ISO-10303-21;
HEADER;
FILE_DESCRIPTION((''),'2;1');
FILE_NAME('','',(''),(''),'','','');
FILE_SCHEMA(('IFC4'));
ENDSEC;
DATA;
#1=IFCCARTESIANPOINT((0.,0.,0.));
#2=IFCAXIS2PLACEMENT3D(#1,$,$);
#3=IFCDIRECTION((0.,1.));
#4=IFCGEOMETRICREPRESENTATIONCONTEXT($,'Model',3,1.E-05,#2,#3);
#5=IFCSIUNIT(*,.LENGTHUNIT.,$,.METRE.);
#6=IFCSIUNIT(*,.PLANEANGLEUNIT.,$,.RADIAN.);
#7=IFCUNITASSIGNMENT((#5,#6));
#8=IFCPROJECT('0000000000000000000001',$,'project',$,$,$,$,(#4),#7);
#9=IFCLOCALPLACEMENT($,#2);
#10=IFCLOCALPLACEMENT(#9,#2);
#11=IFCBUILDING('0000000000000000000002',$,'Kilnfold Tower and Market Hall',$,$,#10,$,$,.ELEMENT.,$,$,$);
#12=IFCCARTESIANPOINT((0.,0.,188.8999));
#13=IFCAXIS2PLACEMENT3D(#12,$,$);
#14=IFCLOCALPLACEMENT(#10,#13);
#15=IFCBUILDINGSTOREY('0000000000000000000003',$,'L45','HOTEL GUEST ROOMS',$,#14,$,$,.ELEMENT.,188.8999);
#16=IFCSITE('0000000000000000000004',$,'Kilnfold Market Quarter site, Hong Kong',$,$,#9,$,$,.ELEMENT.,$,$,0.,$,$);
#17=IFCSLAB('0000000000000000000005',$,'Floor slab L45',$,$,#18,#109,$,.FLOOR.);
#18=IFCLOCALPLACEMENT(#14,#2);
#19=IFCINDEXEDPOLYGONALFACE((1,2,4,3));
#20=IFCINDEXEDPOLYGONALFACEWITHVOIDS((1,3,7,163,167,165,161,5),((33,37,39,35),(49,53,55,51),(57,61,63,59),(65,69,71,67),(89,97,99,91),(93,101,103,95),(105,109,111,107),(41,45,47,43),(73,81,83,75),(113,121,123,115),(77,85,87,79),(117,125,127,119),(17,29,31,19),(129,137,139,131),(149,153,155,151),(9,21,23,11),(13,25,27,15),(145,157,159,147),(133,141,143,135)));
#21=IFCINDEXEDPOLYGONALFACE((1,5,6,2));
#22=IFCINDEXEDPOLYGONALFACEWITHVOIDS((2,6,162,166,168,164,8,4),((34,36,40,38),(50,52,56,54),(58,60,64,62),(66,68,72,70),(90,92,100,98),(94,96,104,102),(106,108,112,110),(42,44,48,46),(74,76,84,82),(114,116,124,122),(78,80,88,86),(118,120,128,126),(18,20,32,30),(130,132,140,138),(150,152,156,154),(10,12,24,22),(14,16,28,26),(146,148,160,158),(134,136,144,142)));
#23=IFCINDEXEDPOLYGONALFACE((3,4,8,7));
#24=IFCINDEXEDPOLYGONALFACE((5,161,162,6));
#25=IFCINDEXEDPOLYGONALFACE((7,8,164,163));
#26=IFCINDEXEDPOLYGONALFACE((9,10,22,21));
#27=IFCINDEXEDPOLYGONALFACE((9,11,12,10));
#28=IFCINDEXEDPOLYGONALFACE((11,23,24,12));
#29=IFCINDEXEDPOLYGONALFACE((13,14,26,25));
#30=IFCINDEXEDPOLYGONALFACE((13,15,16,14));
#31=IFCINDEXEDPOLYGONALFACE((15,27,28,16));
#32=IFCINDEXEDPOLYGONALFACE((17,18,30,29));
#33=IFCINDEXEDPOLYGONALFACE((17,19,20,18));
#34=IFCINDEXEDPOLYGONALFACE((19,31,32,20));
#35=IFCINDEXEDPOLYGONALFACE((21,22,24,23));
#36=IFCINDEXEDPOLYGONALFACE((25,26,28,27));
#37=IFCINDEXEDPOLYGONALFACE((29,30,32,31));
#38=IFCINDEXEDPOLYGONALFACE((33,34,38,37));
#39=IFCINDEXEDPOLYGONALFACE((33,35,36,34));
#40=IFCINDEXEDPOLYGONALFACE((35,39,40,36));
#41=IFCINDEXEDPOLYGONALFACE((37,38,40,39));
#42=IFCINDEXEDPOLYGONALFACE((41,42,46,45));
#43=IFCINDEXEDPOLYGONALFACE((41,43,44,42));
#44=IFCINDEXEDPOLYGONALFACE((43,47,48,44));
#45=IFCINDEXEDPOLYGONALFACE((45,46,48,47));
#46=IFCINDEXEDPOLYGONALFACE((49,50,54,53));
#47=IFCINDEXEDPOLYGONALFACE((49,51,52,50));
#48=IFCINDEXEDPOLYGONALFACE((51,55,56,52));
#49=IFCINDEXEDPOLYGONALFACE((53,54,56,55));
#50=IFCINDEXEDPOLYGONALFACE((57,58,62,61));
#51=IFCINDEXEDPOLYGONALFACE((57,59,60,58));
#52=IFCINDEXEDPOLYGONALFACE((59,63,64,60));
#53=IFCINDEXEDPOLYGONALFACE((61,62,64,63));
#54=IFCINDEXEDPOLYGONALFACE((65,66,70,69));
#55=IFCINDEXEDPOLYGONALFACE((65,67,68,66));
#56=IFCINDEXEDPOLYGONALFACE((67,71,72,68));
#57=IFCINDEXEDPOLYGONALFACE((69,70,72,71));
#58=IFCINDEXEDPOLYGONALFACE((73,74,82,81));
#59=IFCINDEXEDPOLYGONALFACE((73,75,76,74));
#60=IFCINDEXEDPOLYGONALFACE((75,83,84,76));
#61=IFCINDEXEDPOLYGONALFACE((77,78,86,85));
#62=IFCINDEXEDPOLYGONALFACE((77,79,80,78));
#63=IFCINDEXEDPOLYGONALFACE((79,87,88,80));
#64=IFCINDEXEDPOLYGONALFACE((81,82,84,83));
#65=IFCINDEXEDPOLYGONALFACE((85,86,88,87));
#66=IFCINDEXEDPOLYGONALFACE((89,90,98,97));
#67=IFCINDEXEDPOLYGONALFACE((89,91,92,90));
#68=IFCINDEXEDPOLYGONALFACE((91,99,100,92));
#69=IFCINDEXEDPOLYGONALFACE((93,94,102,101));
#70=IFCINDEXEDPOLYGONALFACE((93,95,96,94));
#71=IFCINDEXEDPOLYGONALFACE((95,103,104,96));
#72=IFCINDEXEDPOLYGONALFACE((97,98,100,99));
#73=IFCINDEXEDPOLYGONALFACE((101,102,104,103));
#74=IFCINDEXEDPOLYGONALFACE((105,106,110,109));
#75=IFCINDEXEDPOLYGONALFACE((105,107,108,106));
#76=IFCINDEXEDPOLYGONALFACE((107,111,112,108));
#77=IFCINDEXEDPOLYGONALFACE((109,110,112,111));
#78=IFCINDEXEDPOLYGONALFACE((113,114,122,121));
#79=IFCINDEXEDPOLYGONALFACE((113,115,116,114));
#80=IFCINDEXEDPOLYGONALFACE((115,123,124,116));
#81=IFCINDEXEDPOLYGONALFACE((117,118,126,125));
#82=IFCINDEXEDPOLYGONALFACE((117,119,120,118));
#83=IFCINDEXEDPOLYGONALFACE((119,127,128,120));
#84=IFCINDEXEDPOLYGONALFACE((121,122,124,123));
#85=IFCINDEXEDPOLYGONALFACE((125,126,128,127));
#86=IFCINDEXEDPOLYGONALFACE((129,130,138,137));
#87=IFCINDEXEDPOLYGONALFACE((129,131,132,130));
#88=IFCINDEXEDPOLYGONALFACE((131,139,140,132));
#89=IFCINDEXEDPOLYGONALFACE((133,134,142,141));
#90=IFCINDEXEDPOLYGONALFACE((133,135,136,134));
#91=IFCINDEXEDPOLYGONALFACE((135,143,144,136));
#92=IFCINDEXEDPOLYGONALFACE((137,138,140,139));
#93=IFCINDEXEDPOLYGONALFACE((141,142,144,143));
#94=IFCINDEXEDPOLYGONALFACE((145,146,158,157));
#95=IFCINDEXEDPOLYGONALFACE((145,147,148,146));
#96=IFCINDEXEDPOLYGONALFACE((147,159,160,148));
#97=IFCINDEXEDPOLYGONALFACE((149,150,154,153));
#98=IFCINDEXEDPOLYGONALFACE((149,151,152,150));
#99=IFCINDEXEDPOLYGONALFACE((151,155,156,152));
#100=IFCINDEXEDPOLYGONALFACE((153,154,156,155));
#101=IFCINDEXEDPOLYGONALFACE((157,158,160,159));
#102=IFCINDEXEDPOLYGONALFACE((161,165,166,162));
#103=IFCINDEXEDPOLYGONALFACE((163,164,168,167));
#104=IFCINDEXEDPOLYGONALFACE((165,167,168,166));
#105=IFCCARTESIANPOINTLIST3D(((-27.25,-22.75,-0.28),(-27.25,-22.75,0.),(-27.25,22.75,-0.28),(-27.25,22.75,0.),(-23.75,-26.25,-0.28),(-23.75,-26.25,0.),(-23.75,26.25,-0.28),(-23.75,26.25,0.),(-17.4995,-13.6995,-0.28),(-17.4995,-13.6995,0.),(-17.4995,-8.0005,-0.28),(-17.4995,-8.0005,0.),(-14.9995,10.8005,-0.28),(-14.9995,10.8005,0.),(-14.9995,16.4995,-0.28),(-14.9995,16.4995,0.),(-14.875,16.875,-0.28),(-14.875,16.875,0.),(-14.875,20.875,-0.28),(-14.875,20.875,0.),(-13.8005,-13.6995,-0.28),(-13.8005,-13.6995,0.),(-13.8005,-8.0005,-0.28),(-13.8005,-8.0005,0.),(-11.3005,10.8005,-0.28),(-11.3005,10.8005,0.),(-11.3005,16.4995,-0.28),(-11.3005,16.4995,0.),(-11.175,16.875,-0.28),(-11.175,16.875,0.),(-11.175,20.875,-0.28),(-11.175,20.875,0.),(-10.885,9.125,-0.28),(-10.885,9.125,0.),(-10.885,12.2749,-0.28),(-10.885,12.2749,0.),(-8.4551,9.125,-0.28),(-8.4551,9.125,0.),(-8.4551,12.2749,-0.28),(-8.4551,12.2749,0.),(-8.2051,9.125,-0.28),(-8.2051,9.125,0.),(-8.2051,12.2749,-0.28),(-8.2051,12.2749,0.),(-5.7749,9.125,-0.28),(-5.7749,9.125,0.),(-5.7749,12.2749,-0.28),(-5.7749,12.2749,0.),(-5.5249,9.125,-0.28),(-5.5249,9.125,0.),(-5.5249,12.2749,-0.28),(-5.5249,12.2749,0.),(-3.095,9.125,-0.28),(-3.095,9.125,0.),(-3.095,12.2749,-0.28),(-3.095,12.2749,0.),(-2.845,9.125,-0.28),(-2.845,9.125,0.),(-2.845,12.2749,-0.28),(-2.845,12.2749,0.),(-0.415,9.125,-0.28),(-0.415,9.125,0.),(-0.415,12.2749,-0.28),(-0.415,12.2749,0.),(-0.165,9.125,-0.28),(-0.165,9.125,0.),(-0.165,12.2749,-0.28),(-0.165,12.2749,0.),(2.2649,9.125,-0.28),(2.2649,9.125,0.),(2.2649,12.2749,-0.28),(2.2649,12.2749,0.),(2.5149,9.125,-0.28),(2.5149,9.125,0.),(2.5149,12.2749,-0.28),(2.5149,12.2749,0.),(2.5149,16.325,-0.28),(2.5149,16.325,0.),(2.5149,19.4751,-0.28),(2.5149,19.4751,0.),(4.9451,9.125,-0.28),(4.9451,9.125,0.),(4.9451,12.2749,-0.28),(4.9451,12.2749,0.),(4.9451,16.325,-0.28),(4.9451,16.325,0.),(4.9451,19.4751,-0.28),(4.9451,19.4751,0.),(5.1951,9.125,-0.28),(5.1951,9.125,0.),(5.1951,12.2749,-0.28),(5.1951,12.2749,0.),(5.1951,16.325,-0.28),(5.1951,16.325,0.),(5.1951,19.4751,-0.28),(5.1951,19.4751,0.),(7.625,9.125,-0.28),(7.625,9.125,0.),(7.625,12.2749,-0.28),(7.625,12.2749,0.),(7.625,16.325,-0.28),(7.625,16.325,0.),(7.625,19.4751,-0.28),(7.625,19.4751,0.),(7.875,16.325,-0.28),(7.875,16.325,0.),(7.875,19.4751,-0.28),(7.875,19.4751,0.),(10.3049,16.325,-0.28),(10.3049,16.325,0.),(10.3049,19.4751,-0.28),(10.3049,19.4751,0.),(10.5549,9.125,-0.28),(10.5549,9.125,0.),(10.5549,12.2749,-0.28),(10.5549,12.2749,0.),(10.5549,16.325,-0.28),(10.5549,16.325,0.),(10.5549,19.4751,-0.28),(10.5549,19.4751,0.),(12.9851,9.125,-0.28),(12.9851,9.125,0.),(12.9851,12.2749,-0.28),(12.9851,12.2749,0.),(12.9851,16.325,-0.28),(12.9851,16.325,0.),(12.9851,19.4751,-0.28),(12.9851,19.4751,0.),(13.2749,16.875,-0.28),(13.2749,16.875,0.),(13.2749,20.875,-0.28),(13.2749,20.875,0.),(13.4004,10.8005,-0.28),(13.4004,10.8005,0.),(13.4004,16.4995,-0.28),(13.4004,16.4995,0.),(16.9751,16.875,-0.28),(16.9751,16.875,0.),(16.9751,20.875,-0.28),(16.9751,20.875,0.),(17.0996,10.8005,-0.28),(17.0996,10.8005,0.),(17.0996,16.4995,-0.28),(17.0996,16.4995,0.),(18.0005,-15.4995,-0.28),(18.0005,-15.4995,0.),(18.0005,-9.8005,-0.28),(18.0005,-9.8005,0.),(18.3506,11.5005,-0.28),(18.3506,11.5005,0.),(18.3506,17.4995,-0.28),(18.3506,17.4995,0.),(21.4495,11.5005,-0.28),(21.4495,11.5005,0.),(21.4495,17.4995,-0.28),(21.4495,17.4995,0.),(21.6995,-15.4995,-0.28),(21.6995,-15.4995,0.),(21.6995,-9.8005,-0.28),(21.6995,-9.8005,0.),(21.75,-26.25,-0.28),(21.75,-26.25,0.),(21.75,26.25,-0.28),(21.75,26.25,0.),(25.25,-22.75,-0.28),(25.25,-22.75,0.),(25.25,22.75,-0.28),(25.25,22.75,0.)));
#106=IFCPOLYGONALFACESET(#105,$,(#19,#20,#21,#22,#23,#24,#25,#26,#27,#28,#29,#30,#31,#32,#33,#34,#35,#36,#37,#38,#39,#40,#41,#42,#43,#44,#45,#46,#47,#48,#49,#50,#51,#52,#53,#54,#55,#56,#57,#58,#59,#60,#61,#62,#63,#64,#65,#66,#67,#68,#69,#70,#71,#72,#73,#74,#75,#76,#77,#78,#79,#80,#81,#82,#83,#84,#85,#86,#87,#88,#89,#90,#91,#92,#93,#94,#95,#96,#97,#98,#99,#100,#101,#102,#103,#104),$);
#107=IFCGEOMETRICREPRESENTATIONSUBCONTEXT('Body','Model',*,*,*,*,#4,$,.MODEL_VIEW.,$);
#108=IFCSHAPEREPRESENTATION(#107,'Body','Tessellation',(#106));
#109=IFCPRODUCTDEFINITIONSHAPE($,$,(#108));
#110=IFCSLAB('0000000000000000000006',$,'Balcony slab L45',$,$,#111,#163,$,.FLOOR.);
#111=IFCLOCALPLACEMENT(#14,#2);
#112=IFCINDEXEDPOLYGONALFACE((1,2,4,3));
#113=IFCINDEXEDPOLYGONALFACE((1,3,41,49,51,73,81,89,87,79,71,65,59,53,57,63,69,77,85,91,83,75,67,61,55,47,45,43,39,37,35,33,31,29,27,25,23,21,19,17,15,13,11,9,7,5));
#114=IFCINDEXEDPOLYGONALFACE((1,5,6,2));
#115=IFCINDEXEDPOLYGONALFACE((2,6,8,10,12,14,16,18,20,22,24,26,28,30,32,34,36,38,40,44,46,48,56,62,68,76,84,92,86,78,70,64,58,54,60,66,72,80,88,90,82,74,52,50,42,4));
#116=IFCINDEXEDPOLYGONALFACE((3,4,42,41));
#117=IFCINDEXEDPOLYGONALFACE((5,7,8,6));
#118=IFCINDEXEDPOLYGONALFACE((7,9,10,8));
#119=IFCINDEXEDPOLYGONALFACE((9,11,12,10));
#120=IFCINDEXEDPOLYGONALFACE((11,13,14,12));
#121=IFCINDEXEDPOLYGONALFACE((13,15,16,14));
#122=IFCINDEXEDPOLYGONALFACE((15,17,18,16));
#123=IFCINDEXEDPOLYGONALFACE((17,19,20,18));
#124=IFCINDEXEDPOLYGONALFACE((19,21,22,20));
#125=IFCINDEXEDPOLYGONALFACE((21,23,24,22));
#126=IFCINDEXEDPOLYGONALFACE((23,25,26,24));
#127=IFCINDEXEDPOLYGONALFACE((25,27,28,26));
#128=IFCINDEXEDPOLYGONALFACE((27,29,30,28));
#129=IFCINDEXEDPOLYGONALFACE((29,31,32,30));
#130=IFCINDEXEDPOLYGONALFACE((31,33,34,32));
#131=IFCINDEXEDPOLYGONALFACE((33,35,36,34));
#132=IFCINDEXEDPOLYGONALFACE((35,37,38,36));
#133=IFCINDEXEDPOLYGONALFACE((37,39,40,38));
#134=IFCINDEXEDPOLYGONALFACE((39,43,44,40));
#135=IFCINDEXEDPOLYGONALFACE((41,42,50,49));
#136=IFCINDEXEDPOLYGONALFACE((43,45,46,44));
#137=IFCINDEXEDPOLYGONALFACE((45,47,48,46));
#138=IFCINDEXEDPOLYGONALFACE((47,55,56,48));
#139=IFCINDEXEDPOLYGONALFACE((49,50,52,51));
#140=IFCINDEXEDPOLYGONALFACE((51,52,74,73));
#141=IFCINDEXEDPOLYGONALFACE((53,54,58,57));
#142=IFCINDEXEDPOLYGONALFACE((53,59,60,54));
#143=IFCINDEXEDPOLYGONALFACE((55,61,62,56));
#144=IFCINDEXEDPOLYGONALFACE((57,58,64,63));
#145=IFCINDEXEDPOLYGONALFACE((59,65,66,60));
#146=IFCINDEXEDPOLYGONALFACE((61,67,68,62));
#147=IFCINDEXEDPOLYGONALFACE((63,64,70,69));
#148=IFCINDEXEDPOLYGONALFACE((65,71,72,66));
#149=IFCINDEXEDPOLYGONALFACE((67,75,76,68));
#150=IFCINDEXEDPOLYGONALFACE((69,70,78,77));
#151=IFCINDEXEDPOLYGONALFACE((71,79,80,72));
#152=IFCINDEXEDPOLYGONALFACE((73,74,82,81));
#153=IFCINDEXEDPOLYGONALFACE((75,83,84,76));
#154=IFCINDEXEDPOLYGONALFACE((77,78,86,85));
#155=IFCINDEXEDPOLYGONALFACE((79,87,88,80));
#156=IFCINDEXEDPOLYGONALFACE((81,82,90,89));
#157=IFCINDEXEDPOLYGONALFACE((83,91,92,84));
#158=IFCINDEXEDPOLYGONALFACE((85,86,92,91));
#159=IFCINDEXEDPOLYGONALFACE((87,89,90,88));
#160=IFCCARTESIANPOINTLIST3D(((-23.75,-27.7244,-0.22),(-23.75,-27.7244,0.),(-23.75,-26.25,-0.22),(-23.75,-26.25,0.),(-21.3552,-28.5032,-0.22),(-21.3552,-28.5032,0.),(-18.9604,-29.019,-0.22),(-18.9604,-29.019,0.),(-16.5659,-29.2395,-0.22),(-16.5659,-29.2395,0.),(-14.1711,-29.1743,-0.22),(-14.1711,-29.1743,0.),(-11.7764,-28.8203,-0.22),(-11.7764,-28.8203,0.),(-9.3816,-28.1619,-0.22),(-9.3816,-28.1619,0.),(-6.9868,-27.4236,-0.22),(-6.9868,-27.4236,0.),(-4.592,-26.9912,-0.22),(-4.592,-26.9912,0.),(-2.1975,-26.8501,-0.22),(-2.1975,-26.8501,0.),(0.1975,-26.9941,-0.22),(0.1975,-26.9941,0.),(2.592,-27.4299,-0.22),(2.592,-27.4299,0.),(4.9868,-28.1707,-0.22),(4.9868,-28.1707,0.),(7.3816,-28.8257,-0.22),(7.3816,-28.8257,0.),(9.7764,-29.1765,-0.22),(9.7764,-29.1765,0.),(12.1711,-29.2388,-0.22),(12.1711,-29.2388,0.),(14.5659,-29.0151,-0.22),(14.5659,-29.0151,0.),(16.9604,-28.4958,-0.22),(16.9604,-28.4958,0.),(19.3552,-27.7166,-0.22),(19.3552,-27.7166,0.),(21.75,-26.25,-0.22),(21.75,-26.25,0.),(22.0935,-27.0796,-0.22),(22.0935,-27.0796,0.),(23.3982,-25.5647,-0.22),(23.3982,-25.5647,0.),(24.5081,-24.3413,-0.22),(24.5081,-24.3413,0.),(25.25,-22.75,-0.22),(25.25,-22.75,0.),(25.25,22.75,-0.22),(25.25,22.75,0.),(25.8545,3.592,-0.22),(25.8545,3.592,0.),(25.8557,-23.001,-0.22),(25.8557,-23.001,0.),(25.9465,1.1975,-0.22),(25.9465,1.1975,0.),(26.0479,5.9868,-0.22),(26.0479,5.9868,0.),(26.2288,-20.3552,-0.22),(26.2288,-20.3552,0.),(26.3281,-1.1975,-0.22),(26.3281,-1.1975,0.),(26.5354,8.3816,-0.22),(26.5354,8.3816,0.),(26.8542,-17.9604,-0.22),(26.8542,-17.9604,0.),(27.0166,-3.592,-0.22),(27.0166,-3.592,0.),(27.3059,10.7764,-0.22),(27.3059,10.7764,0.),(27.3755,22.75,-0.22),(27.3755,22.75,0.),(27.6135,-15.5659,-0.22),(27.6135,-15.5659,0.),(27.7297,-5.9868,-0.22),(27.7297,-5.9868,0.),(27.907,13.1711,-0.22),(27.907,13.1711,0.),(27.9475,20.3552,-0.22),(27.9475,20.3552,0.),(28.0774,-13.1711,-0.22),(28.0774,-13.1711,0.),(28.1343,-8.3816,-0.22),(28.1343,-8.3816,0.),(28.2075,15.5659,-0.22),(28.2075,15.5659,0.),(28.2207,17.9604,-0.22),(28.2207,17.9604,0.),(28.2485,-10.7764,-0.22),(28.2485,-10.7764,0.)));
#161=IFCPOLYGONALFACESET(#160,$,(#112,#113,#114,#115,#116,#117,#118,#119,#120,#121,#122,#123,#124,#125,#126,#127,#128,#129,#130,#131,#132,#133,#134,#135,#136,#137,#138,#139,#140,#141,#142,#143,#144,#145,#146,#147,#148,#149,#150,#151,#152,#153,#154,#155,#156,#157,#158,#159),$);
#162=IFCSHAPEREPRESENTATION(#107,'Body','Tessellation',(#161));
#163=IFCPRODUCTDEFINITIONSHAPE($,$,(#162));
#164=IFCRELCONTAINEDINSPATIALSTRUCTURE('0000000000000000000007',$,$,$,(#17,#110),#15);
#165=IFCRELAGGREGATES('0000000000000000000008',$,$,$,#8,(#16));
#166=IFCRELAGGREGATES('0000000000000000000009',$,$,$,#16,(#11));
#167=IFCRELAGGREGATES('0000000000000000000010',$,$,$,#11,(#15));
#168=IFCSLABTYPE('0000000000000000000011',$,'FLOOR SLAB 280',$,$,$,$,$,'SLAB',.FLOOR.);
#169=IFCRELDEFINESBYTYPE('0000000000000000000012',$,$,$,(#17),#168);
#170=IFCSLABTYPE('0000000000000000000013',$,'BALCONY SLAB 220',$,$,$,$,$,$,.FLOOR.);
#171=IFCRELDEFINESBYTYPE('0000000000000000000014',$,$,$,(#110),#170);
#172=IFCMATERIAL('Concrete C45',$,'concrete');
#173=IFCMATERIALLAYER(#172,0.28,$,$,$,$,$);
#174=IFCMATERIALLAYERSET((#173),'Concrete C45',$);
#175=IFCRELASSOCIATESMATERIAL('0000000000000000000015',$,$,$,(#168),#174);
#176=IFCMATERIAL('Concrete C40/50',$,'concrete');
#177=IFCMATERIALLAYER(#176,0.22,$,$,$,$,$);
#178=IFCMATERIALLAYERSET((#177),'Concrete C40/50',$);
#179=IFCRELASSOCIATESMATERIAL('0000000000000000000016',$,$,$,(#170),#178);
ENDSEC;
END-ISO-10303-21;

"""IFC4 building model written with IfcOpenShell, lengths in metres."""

from ifc_helpers import new_model, si_unit, direction, frame, origin, place, context, subcontext, project, spatial, polyline, outline, extrude, source, transform, mapped, material, layer, layer_set, type_object, element, save


model = new_model("IFC4")

# Units and contexts
model_context = context("Model", 3, precision=1e-05, world=origin(), true_north=direction((0.0, 1.0)))
body_context = subcontext(model_context, "Body", "Model", "MODEL_VIEW")
ifc_project = project(units=[si_unit("LENGTHUNIT", "METRE"), si_unit("PLANEANGLEUNIT", "RADIAN")], contexts=[model_context])

# Site, building, storey
site_placement = place(None, origin())
site = spatial("IfcSite", under=ifc_project, at=site_placement, Name="Kilnfold Market Quarter site, Hong Kong", CompositionType="ELEMENT", RefElevation=0.0)
building_placement = place(site_placement, origin())
building = spatial("IfcBuilding", under=site, at=building_placement, Name="Kilnfold Tower and Market Hall", CompositionType="ELEMENT")
storey_placement = place(building_placement, frame((0.0, 0.0, 188.8999)))
storey = spatial("IfcBuildingStorey", under=building, at=storey_placement, Name="L45", Description="HOTEL GUEST ROOMS", CompositionType="ELEMENT", Elevation=188.8999)

# Slabs
ifc_material_1 = material(Name="Concrete C45", Category="concrete")
ifc_layer_1 = layer(ifc_material_1, 0.28)
ifc_layer_set_1 = layer_set([ifc_layer_1], Name="Concrete C45")
slab_type_1 = type_object("IfcSlabType", Name="FLOOR SLAB 280", ElementType="SLAB", PredefinedType="FLOOR", material=ifc_layer_set_1)
shared_shape_1 = source(origin(), body_context, "Body", "SweptSolid", [
    extrude(outline(polyline([(-23.75, -26.25), (21.75, -26.25), (25.25, -22.75), (25.25, 22.75), (21.75, 26.25), (-23.75, 26.25), (-27.25, 22.75), (-27.25, -22.75), (-23.75, -26.25)]), holes=[polyline([(-13.8005, -13.6995), (-17.4995, -13.6995), (-17.4995, -8.0005), (-13.8005, -8.0005), (-13.8005, -13.6995)]), polyline([(-14.9995, 10.8005), (-14.9995, 16.4995), (-11.3005, 16.4995), (-11.3005, 10.8005), (-14.9995, 10.8005)]), polyline([(-11.175, 16.875), (-14.875, 16.875), (-14.875, 20.875), (-11.175, 20.875), (-11.175, 16.875)]), polyline([(-8.4551, 9.125), (-10.885, 9.125), (-10.885, 12.2749), (-8.4551, 12.2749), (-8.4551, 9.125)]), polyline([(-5.7749, 9.125), (-8.2051, 9.125), (-8.2051, 12.2749), (-5.7749, 12.2749), (-5.7749, 9.125)]), polyline([(-3.095, 9.125), (-5.5249, 9.125), (-5.5249, 12.2749), (-3.095, 12.2749), (-3.095, 9.125)]), polyline([(-0.415, 9.125), (-2.845, 9.125), (-2.845, 12.2749), (-0.415, 12.2749), (-0.415, 9.125)]), polyline([(2.2649, 9.125), (-0.165, 9.125), (-0.165, 12.2749), (2.2649, 12.2749), (2.2649, 9.125)]), polyline([(4.9451, 9.125), (2.5149, 9.125), (2.5149, 12.2749), (4.9451, 12.2749), (4.9451, 9.125)]), polyline([(2.5149, 16.325), (2.5149, 19.4751), (4.9451, 19.4751), (4.9451, 16.325), (2.5149, 16.325)]), polyline([(7.625, 9.125), (5.1951, 9.125), (5.1951, 12.2749), (7.625, 12.2749), (7.625, 9.125)]), polyline([(7.625, 16.325), (5.1951, 16.325), (5.1951, 19.4751), (7.625, 19.4751), (7.625, 16.325)]), polyline([(10.3049, 16.325), (7.875, 16.325), (7.875, 19.4751), (10.3049, 19.4751), (10.3049, 16.325)]), polyline([(10.5549, 9.125), (10.5549, 12.2749), (12.9851, 12.2749), (12.9851, 9.125), (10.5549, 9.125)]), polyline([(10.5549, 16.325), (10.5549, 19.4751), (12.9851, 19.4751), (12.9851, 16.325), (10.5549, 16.325)]), polyline([(13.2749, 16.875), (13.2749, 20.875), (16.9751, 20.875), (16.9751, 16.875), (13.2749, 16.875)]), polyline([(13.4004, 10.8005), (13.4004, 16.4995), (17.0996, 16.4995), (17.0996, 10.8005), (13.4004, 10.8005)]), polyline([(18.0005, -9.8005), (21.6995, -9.8005), (21.6995, -15.4995), (18.0005, -15.4995), (18.0005, -9.8005)]), polyline([(21.4495, 11.5005), (18.3506, 11.5005), (18.3506, 17.4995), (21.4495, 17.4995), (21.4495, 11.5005)])]), origin(), (0.0, 0.0, 1.0), 0.28),
])
slab_1_placement = place(storey_placement, frame((0.0, 0.0, -0.28)))
element("IfcSlab", 1, at=slab_1_placement, inside=storey, type_object=slab_type_1, Name="Floor slab L45", PredefinedType="FLOOR", context=body_context, shape_type="MappedRepresentation", body=[
    mapped(shared_shape_1, transform((0.0, 0.0, 0.0))),
])
ifc_material_2 = material(Name="Concrete C40/50", Category="concrete")
ifc_layer_2 = layer(ifc_material_2, 0.22)
ifc_layer_set_2 = layer_set([ifc_layer_2], Name="Concrete C40/50")
slab_type_2 = type_object("IfcSlabType", Name="BALCONY SLAB 220", PredefinedType="FLOOR", material=ifc_layer_set_2)
shared_shape_2 = source(origin(), body_context, "Body", "SweptSolid", [
    extrude(outline(polyline([(-23.75, -26.25), (21.75, -26.25), (25.25, -22.75), (25.25, 22.75), (27.3755, 22.75), (27.9475, 20.3552), (28.2207, 17.9604), (28.2075, 15.5659), (27.907, 13.1711), (27.3059, 10.7764), (26.5354, 8.3816), (26.0479, 5.9868), (25.8545, 3.592), (25.9465, 1.1975), (26.3281, -1.1975), (27.0166, -3.592), (27.7297, -5.9868), (28.1343, -8.3816), (28.2485, -10.7764), (28.0774, -13.1711), (27.6135, -15.5659), (26.8542, -17.9604), (26.2288, -20.3552), (25.8557, -23.001), (24.5081, -24.3413), (23.3982, -25.5647), (22.0935, -27.0796), (19.3552, -27.7166), (16.9604, -28.4958), (14.5659, -29.0151), (12.1711, -29.2388), (9.7764, -29.1765), (7.3816, -28.8257), (4.9868, -28.1707), (2.592, -27.4299), (0.1975, -26.9941), (-2.1975, -26.8501), (-4.592, -26.9912), (-6.9868, -27.4236), (-9.3816, -28.1619), (-11.7764, -28.8203), (-14.1711, -29.1743), (-16.5659, -29.2395), (-18.9604, -29.019), (-21.3552, -28.5032), (-23.75, -27.7244), (-23.75, -26.25)])), origin(), (0.0, 0.0, 1.0), 0.22),
])
slab_2_placement = place(storey_placement, frame((0.0, 0.0, -0.22)))
element("IfcSlab", 2, at=slab_2_placement, inside=storey, type_object=slab_type_2, Name="Balcony slab L45", PredefinedType="FLOOR", context=body_context, shape_type="MappedRepresentation", body=[
    mapped(shared_shape_2, transform((0.0, 0.0, 0.0))),
])

save(model, "model.ifc")
